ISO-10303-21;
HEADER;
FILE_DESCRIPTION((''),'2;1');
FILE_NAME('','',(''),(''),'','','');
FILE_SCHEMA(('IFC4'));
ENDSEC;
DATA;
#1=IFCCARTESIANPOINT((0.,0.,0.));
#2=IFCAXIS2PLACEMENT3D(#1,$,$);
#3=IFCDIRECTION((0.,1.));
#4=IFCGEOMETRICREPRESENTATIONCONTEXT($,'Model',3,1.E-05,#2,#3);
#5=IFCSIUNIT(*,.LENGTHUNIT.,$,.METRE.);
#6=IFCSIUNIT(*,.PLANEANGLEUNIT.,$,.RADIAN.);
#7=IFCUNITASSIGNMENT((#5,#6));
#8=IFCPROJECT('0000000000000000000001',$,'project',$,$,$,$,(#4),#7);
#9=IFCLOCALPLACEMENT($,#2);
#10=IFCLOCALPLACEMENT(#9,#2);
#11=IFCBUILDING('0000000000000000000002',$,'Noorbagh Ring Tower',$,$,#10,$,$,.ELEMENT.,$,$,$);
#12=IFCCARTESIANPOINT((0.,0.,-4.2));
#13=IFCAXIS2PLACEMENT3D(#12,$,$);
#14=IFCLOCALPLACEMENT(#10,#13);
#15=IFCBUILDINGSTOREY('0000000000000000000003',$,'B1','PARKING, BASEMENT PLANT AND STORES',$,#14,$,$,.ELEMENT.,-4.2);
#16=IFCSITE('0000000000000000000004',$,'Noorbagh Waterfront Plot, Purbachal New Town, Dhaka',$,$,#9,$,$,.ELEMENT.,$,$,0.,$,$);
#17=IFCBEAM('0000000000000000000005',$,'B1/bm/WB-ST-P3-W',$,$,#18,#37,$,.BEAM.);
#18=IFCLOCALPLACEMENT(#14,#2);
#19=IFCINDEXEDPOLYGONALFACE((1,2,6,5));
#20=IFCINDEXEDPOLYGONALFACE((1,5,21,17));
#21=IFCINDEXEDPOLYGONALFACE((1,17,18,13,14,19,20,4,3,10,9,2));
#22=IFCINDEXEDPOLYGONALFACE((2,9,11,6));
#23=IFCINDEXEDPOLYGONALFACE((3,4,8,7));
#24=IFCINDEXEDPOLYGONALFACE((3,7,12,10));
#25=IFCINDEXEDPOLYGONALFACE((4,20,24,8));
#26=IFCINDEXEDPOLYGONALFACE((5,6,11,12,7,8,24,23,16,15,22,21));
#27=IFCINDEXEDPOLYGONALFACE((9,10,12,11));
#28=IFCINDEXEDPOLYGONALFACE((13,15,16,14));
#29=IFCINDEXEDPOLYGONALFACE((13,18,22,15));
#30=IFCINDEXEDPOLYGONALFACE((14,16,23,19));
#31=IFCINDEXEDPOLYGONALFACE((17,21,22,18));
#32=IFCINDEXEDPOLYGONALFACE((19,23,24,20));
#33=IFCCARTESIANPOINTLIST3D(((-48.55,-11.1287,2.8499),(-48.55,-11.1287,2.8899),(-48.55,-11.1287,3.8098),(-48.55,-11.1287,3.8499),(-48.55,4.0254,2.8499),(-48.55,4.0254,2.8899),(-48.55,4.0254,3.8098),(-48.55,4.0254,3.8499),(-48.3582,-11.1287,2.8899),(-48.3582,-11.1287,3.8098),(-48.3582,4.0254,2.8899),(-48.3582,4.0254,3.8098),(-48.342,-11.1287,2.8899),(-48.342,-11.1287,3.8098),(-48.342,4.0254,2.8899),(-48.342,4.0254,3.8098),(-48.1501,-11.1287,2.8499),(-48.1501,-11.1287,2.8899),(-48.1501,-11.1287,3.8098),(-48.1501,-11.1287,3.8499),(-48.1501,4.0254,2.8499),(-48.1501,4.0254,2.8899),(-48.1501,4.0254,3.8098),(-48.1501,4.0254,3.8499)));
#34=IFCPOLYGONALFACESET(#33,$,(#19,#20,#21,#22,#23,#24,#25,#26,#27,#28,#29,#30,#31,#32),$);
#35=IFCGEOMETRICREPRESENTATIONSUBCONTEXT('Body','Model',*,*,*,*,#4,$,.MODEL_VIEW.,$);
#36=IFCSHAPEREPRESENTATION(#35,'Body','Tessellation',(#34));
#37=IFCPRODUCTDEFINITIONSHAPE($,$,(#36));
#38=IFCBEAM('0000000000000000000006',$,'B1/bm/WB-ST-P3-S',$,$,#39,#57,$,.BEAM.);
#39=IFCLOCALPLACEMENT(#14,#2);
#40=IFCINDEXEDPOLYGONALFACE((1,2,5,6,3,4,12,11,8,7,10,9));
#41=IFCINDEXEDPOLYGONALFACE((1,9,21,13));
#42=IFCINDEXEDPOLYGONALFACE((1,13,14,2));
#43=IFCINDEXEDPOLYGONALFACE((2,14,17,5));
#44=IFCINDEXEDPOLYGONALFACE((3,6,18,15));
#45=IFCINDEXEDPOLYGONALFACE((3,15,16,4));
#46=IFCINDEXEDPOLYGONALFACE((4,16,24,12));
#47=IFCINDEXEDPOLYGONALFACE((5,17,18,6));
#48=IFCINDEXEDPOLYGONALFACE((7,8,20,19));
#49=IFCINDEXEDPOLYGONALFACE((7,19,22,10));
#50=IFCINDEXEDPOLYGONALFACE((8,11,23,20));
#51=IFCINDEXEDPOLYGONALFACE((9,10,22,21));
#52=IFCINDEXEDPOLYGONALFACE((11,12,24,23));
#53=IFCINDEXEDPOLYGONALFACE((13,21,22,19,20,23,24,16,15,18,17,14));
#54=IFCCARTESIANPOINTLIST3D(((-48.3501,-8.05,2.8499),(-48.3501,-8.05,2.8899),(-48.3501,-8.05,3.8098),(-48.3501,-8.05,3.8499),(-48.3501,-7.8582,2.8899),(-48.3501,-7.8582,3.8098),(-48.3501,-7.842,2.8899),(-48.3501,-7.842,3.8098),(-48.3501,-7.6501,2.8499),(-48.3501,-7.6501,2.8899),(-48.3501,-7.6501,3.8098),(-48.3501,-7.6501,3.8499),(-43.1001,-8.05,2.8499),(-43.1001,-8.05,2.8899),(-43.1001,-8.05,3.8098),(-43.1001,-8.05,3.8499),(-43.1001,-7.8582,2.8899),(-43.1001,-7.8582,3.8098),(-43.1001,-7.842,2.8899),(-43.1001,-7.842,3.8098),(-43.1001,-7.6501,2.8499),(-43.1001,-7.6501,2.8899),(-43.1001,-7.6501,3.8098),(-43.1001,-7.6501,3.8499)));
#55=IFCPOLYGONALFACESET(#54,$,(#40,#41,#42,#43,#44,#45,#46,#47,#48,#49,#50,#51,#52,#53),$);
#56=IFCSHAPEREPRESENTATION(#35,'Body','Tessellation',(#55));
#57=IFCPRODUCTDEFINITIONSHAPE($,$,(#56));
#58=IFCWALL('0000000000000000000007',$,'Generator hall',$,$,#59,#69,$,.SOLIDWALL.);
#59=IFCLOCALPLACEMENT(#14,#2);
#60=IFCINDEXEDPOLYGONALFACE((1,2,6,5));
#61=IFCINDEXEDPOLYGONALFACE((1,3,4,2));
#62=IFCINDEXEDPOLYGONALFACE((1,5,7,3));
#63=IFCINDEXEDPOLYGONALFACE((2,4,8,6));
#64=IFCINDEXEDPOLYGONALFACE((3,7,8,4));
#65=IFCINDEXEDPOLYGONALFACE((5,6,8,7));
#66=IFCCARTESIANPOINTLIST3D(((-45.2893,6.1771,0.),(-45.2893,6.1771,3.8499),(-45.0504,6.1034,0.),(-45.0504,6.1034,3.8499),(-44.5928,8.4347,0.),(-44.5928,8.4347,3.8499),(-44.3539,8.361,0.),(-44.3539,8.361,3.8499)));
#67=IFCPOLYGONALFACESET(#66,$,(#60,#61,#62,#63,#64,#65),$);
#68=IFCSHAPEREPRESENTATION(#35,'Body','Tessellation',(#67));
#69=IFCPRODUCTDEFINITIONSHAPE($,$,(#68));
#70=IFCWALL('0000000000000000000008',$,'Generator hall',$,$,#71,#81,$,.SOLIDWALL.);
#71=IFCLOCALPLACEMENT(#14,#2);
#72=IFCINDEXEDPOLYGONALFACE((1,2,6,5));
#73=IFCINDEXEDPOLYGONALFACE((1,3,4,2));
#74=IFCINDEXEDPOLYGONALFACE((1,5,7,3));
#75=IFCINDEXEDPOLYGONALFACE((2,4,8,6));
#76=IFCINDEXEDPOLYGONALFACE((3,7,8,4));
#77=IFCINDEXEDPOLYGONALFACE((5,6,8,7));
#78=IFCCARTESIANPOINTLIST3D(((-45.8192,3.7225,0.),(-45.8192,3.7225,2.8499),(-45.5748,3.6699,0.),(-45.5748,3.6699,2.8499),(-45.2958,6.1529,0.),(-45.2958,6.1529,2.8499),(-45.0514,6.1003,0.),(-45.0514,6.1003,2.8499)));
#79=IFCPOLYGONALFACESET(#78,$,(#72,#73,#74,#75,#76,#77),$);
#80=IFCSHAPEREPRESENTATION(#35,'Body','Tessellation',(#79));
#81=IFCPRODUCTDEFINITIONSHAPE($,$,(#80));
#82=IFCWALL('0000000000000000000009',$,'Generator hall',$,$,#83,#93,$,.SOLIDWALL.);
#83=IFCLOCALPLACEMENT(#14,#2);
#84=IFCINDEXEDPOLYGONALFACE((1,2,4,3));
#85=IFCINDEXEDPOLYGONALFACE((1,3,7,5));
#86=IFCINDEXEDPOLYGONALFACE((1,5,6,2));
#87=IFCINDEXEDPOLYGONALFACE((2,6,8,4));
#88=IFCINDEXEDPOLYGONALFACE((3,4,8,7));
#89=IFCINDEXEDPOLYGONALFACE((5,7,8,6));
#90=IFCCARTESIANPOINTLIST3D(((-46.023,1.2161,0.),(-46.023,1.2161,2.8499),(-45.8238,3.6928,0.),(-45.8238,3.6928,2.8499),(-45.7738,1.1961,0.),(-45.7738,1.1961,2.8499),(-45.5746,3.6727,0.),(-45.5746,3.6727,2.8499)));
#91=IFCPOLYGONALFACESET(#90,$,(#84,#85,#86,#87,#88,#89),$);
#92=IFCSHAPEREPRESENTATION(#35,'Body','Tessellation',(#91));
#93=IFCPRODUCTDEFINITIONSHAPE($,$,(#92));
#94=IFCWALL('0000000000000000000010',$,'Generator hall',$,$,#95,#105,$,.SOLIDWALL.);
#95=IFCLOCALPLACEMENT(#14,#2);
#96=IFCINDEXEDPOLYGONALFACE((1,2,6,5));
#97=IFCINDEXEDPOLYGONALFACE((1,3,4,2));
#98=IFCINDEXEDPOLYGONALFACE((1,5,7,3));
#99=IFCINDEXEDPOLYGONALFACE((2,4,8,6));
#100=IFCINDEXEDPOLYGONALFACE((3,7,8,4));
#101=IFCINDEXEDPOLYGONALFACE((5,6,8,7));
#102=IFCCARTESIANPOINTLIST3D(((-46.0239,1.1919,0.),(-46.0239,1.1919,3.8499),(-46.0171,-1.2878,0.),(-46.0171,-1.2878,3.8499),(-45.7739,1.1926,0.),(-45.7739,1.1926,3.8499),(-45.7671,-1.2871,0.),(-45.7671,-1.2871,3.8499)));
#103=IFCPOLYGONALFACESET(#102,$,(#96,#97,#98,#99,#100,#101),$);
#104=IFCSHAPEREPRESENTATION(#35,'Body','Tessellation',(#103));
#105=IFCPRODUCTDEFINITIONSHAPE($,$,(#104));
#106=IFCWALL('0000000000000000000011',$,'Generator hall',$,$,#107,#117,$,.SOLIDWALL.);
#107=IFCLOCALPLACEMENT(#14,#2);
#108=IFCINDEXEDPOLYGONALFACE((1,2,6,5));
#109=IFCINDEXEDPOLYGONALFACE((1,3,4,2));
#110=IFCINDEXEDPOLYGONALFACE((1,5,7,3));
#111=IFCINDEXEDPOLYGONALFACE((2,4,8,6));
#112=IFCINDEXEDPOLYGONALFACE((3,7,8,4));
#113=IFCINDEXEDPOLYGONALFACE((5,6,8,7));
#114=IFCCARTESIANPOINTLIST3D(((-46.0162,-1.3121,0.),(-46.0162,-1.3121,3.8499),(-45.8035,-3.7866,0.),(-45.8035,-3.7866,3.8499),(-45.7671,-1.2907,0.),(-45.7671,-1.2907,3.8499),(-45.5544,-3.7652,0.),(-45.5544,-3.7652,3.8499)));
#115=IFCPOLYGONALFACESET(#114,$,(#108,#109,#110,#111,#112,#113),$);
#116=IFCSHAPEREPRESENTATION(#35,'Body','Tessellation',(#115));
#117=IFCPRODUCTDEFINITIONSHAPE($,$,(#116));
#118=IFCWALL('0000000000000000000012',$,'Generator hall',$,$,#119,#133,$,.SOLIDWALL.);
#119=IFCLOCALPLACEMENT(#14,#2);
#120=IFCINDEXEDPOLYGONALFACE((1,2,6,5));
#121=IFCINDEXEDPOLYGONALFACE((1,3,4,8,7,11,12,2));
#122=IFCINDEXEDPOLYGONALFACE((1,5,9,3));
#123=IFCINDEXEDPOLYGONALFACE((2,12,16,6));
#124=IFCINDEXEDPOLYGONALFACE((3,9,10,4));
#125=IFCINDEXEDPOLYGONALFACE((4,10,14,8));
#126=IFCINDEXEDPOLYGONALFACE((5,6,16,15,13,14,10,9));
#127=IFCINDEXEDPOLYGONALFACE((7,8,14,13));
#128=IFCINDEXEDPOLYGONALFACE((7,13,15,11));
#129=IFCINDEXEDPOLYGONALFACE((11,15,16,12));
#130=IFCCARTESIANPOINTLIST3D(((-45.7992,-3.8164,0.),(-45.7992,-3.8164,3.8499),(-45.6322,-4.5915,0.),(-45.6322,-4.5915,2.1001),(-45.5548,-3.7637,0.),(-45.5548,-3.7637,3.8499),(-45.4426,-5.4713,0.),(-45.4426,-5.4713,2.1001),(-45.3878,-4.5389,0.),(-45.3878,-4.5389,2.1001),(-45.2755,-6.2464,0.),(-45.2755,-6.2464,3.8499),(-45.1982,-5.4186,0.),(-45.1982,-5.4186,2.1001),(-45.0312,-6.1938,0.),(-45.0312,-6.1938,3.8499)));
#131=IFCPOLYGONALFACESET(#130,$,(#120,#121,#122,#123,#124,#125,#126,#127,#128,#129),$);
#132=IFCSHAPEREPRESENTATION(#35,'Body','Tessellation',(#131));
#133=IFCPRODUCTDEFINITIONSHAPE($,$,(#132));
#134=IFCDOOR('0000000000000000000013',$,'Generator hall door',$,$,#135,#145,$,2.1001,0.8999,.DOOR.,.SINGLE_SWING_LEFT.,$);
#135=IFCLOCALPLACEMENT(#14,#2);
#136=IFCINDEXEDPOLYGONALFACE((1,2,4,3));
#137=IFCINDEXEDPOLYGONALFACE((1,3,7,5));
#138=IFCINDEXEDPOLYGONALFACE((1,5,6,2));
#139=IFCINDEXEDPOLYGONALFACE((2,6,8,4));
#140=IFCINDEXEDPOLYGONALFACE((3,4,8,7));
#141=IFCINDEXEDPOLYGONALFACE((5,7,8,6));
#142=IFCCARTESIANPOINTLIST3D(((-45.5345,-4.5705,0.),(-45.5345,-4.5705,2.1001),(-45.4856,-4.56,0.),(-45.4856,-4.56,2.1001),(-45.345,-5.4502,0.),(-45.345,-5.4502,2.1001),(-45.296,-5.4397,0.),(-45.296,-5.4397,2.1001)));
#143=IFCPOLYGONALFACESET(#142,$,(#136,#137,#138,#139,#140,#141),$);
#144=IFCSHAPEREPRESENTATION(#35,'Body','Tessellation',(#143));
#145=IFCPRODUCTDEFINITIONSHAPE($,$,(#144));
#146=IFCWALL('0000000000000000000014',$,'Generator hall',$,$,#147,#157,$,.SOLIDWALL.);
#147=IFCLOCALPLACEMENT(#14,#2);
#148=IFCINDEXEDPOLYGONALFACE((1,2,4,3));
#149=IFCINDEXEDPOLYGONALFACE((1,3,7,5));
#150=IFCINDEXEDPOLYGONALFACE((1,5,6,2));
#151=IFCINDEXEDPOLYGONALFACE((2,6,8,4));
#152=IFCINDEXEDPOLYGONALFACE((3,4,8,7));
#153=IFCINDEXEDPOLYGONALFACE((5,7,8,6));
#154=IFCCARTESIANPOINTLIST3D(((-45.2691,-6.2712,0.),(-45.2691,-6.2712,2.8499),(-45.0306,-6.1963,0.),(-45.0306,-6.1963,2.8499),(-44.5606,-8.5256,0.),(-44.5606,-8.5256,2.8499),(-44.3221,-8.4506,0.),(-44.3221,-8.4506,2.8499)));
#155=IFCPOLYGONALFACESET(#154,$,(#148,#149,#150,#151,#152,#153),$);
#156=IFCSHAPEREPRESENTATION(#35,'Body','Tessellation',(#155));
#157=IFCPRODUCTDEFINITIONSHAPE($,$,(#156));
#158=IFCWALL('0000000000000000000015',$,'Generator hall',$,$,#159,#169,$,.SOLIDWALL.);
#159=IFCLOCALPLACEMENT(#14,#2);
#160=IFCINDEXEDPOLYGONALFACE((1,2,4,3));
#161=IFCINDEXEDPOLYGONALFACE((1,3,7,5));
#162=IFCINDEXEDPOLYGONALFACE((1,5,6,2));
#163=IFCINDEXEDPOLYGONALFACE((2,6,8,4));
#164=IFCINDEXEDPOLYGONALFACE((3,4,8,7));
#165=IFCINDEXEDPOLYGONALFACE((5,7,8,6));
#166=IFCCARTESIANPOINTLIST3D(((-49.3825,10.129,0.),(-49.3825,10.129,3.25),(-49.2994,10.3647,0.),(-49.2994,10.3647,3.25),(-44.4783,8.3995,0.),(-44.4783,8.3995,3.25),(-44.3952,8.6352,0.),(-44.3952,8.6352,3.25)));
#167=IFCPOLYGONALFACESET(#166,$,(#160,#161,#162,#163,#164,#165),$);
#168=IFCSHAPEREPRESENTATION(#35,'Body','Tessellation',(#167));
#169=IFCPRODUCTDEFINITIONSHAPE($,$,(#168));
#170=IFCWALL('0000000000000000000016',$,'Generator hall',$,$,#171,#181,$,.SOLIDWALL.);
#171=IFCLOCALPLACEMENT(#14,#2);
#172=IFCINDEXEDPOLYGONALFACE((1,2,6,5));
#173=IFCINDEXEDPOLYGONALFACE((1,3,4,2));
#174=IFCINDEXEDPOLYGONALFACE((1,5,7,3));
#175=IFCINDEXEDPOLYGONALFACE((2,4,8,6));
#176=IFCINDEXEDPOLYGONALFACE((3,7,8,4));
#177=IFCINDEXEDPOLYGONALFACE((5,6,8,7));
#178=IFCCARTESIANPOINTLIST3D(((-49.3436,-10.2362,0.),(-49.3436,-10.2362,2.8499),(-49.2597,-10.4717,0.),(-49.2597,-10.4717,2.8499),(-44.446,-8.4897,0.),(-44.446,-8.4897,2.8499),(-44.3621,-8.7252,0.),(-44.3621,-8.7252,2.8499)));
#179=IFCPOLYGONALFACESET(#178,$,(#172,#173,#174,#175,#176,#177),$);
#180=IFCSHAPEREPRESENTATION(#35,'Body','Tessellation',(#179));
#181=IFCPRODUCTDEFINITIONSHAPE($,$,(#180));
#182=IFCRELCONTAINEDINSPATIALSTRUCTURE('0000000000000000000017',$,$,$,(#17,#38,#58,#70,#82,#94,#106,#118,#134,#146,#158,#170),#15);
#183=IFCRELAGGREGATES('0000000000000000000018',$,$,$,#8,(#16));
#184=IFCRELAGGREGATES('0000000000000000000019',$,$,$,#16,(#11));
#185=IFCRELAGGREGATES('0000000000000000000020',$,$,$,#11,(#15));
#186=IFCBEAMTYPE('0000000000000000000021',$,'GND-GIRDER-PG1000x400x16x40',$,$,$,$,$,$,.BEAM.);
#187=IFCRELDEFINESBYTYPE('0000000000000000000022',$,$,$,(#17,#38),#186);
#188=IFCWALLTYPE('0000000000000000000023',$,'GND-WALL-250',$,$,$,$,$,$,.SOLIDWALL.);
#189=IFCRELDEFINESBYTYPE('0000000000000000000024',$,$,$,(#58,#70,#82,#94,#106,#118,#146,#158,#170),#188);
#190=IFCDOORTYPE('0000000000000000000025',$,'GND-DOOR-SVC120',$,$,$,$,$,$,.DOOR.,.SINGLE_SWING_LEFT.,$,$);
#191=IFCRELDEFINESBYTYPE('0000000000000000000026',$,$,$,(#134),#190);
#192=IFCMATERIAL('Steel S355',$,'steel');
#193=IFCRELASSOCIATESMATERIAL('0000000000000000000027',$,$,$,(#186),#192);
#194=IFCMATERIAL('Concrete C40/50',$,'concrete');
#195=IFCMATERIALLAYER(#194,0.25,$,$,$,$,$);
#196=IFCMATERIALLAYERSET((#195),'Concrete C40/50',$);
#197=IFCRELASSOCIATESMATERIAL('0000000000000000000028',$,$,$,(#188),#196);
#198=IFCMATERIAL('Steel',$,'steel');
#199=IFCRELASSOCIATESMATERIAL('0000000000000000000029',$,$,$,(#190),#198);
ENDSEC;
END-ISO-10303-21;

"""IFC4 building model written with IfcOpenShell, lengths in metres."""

from ifc_helpers import new_model, si_unit, direction, frame, frame_2d, origin, origin_2d, place, context, subcontext, project, spatial, rectangle, i_section, extrude, material, layer, layer_set, material_profile, profile_set, type_object, element, fill, save


model = new_model("IFC4")

# Units and contexts
model_context = context("Model", 3, precision=1e-05, world=origin(), true_north=direction((0.0, 1.0)))
body_context = subcontext(model_context, "Body", "Model", "MODEL_VIEW")
ifc_project = project(units=[si_unit("LENGTHUNIT", "METRE"), si_unit("PLANEANGLEUNIT", "RADIAN")], contexts=[model_context])

# Site, building, storey
site_placement = place(None, origin())
site = spatial("IfcSite", under=ifc_project, at=site_placement, Name="Noorbagh Waterfront Plot, Purbachal New Town, Dhaka", CompositionType="ELEMENT", RefElevation=0.0)
building_placement = place(site_placement, origin())
building = spatial("IfcBuilding", under=site, at=building_placement, Name="Noorbagh Ring Tower", CompositionType="ELEMENT")
storey_placement = place(building_placement, frame((0.0, 0.0, -4.2)))
storey = spatial("IfcBuildingStorey", under=building, at=storey_placement, Name="B1", Description="PARKING, BASEMENT PLANT AND STORES", CompositionType="ELEMENT", Elevation=-4.2)

# Beams
ifc_material_1 = material(Name="Steel S355", Category="steel")
ifc_material_profile_1 = material_profile(ifc_material_1, i_section(OverallWidth=0.3999, OverallDepth=1.0, WebThickness=0.0161, FlangeThickness=0.04, at=origin_2d()), Name="PG1000x400x16x40")
ifc_profile_set_1 = profile_set([ifc_material_profile_1], Name="Steel S355")
beam_type_1 = type_object("IfcBeamType", Name="GND-GIRDER-PG1000x400x16x40", PredefinedType="BEAM", material=ifc_profile_set_1)
beam_1_placement = place(storey_placement, frame((-48.3501, -11.1287, 3.3499), z_axis=(0.0, 1.0, 0.0), x_axis=(-1.0, 0.0, 0.0)))
element("IfcBeam", 1, at=beam_1_placement, inside=storey, type_object=beam_type_1, Name="B1/bm/WB-ST-P3-W", PredefinedType="BEAM", context=body_context, shape_type="SweptSolid", body=[
    extrude(i_section(OverallWidth=0.3999, OverallDepth=1.0, WebThickness=0.0161, FlangeThickness=0.04, at=origin_2d()), origin(), (0.0, 0.0, 1.0), 15.1541),
])
beam_2_placement = place(storey_placement, frame((-48.3501, -7.8501, 3.3499), z_axis=(1.0, 0.0, 0.0), x_axis=(0.0, 1.0, 0.0)))
element("IfcBeam", 2, at=beam_2_placement, inside=storey, type_object=beam_type_1, Name="B1/bm/WB-ST-P3-S", PredefinedType="BEAM", context=body_context, shape_type="SweptSolid", body=[
    extrude(i_section(OverallWidth=0.3999, OverallDepth=1.0, WebThickness=0.0161, FlangeThickness=0.04, at=origin_2d()), origin(), (0.0, 0.0, 1.0), 5.25),
])

# Walls
ifc_material_2 = material(Name="Concrete C40/50", Category="concrete")
ifc_layer_1 = layer(ifc_material_2, 0.25)
ifc_layer_set_1 = layer_set([ifc_layer_1], Name="Concrete C40/50")
wall_type_1 = type_object("IfcWallType", Name="GND-WALL-250", PredefinedType="SOLIDWALL", material=ifc_layer_set_1)
wall_1_placement = place(storey_placement, frame((-44.4734, 8.3977, 0.0), z_axis=(0.0, 0.0, 1.0), x_axis=(-0.294819, -0.955553, 0.0)))
element("IfcWall", 3, at=wall_1_placement, inside=storey, type_object=wall_type_1, Name="Generator hall", PredefinedType="SOLIDWALL", context=body_context, shape_type="SweptSolid", body=[
    extrude(rectangle(XDim=2.3625, YDim=0.25, at=frame_2d((1.1812, 0.0))), origin(), (0.0, 0.0, 1.0), 3.8499),
])
wall_2_placement = place(storey_placement, frame((-45.1736, 6.1267, 0.0), z_axis=(0.0, 0.0, 1.0), x_axis=(-0.210542, -0.977585, 0.0)))
element("IfcWall", 4, at=wall_2_placement, inside=storey, type_object=wall_type_1, Name="Generator hall", PredefinedType="SOLIDWALL", context=body_context, shape_type="SweptSolid", body=[
    extrude(rectangle(XDim=2.4861, YDim=0.25, at=frame_2d((1.2432, 0.0))), origin(), (0.0, 0.0, 1.0), 2.8499),
])
wall_3_placement = place(storey_placement, frame((-45.6992, 3.6826, 0.0), z_axis=(0.0, 0.0, 1.0), x_axis=(-0.080183, -0.99678, 0.0)))
element("IfcWall", 5, at=wall_3_placement, inside=storey, type_object=wall_type_1, Name="Generator hall", PredefinedType="SOLIDWALL", context=body_context, shape_type="SweptSolid", body=[
    extrude(rectangle(XDim=2.4846, YDim=0.25, at=frame_2d((1.2422, 0.0))), origin(), (0.0, 0.0, 1.0), 2.8499),
])
wall_4_placement = place(storey_placement, frame((-45.8989, 1.1921, 0.0), z_axis=(0.0, 0.0, 1.0), x_axis=(0.002757, -0.999996, 0.0)))
element("IfcWall", 6, at=wall_4_placement, inside=storey, type_object=wall_type_1, Name="Generator hall", PredefinedType="SOLIDWALL", context=body_context, shape_type="SweptSolid", body=[
    extrude(rectangle(XDim=2.4797, YDim=0.25, at=frame_2d((1.2397, 0.0))), origin(), (0.0, 0.0, 1.0), 3.8499),
])
wall_5_placement = place(storey_placement, frame((-45.8916, -1.3015, 0.0), z_axis=(0.0, 0.0, 1.0), x_axis=(0.085616, -0.996328, 0.0)))
element("IfcWall", 7, at=wall_5_placement, inside=storey, type_object=wall_type_1, Name="Generator hall", PredefinedType="SOLIDWALL", context=body_context, shape_type="SweptSolid", body=[
    extrude(rectangle(XDim=2.4836, YDim=0.25, at=frame_2d((1.2417, 0.0))), origin(), (0.0, 0.0, 1.0), 3.8499),
])

# Wall, opening, door
wall_6_placement = place(storey_placement, frame((-45.677, -3.79, 0.0), z_axis=(0.0, 0.0, 1.0), x_axis=(0.210656, -0.97756, 0.0)))
wall_6 = element("IfcWall", 8, at=wall_6_placement, inside=storey, type_object=wall_type_1, Name="Generator hall", PredefinedType="SOLIDWALL", context=body_context, shape_type="SweptSolid", body=[
    extrude(rectangle(XDim=2.4858, YDim=0.25, at=frame_2d((1.2429, 0.0))), origin(), (0.0, 0.0, 1.0), 3.8499),
])
opening_1_placement = place(wall_6_placement, frame((0.793, 0.0, 0.0)))
opening_1 = element("IfcOpeningElement", 9, at=opening_1_placement, cuts=wall_6, PredefinedType="OPENING", context=body_context, shape_type="SweptSolid", body=[
    extrude(rectangle(XDim=0.8999, YDim=2.1001, at=frame_2d((0.45, 1.05))), frame((0.0, 0.135, 0.0), z_axis=(0.0, -1.0, 0.0), x_axis=(1.0, 0.0, 0.0)), (0.0, 0.0, 1.0), 0.27),
])
ifc_material_3 = material(Name="Steel", Category="steel")
door_type = type_object("IfcDoorType", Name="GND-DOOR-SVC120", OperationType="SINGLE_SWING_LEFT", PredefinedType="DOOR", material=ifc_material_3)
door_1_placement = place(opening_1_placement, origin())
door_1 = element("IfcDoor", 10, at=door_1_placement, inside=storey, type_object=door_type, Name="Generator hall door", OperationType="SINGLE_SWING_LEFT", OverallHeight=2.1001, OverallWidth=0.8999, PredefinedType="DOOR", context=body_context, shape_type="SweptSolid", body=[
    extrude(rectangle(XDim=0.8999, YDim=2.1001, at=frame_2d((0.45, 1.05))), frame((0.0, 0.0249, 0.0), z_axis=(0.0, -1.0, 0.0), x_axis=(1.0, 0.0, 0.0)), (0.0, 0.0, 1.0), 0.05),
])
fill(opening_1, door_1)

# Walls
wall_7_placement = place(storey_placement, frame((-45.1499, -6.2336, 0.0), z_axis=(0.0, 0.0, 1.0), x_axis=(0.299816, -0.953997, 0.0)))
element("IfcWall", 11, at=wall_7_placement, inside=storey, type_object=wall_type_1, Name="Generator hall", PredefinedType="SOLIDWALL", context=body_context, shape_type="SweptSolid", body=[
    extrude(rectangle(XDim=2.363, YDim=0.25, at=frame_2d((1.1816, 0.0))), origin(), (0.0, 0.0, 1.0), 2.8499),
])
wall_8_placement = place(storey_placement, frame((-44.4368, 8.5173, 0.0), z_axis=(0.0, 0.0, 1.0), x_axis=(-0.943072, 0.332589, 0.0)))
element("IfcWall", 12, at=wall_8_placement, inside=storey, type_object=wall_type_1, Name="Generator hall", PredefinedType="SOLIDWALL", context=body_context, shape_type="SweptSolid", body=[
    extrude(rectangle(XDim=5.2002, YDim=0.25, at=frame_2d((2.6001, 0.0))), origin(), (0.0, 0.0, 1.0), 3.25),
])
wall_9_placement = place(storey_placement, frame((-44.4041, -8.6074, 0.0), z_axis=(0.0, 0.0, 1.0), x_axis=(-0.9419, -0.335893, 0.0)))
element("IfcWall", 13, at=wall_9_placement, inside=storey, type_object=wall_type_1, Name="Generator hall", PredefinedType="SOLIDWALL", context=body_context, shape_type="SweptSolid", body=[
    extrude(rectangle(XDim=5.1997, YDim=0.25, at=frame_2d((2.5999, 0.0))), origin(), (0.0, 0.0, 1.0), 2.8499),
])

save(model, "model.ifc")
